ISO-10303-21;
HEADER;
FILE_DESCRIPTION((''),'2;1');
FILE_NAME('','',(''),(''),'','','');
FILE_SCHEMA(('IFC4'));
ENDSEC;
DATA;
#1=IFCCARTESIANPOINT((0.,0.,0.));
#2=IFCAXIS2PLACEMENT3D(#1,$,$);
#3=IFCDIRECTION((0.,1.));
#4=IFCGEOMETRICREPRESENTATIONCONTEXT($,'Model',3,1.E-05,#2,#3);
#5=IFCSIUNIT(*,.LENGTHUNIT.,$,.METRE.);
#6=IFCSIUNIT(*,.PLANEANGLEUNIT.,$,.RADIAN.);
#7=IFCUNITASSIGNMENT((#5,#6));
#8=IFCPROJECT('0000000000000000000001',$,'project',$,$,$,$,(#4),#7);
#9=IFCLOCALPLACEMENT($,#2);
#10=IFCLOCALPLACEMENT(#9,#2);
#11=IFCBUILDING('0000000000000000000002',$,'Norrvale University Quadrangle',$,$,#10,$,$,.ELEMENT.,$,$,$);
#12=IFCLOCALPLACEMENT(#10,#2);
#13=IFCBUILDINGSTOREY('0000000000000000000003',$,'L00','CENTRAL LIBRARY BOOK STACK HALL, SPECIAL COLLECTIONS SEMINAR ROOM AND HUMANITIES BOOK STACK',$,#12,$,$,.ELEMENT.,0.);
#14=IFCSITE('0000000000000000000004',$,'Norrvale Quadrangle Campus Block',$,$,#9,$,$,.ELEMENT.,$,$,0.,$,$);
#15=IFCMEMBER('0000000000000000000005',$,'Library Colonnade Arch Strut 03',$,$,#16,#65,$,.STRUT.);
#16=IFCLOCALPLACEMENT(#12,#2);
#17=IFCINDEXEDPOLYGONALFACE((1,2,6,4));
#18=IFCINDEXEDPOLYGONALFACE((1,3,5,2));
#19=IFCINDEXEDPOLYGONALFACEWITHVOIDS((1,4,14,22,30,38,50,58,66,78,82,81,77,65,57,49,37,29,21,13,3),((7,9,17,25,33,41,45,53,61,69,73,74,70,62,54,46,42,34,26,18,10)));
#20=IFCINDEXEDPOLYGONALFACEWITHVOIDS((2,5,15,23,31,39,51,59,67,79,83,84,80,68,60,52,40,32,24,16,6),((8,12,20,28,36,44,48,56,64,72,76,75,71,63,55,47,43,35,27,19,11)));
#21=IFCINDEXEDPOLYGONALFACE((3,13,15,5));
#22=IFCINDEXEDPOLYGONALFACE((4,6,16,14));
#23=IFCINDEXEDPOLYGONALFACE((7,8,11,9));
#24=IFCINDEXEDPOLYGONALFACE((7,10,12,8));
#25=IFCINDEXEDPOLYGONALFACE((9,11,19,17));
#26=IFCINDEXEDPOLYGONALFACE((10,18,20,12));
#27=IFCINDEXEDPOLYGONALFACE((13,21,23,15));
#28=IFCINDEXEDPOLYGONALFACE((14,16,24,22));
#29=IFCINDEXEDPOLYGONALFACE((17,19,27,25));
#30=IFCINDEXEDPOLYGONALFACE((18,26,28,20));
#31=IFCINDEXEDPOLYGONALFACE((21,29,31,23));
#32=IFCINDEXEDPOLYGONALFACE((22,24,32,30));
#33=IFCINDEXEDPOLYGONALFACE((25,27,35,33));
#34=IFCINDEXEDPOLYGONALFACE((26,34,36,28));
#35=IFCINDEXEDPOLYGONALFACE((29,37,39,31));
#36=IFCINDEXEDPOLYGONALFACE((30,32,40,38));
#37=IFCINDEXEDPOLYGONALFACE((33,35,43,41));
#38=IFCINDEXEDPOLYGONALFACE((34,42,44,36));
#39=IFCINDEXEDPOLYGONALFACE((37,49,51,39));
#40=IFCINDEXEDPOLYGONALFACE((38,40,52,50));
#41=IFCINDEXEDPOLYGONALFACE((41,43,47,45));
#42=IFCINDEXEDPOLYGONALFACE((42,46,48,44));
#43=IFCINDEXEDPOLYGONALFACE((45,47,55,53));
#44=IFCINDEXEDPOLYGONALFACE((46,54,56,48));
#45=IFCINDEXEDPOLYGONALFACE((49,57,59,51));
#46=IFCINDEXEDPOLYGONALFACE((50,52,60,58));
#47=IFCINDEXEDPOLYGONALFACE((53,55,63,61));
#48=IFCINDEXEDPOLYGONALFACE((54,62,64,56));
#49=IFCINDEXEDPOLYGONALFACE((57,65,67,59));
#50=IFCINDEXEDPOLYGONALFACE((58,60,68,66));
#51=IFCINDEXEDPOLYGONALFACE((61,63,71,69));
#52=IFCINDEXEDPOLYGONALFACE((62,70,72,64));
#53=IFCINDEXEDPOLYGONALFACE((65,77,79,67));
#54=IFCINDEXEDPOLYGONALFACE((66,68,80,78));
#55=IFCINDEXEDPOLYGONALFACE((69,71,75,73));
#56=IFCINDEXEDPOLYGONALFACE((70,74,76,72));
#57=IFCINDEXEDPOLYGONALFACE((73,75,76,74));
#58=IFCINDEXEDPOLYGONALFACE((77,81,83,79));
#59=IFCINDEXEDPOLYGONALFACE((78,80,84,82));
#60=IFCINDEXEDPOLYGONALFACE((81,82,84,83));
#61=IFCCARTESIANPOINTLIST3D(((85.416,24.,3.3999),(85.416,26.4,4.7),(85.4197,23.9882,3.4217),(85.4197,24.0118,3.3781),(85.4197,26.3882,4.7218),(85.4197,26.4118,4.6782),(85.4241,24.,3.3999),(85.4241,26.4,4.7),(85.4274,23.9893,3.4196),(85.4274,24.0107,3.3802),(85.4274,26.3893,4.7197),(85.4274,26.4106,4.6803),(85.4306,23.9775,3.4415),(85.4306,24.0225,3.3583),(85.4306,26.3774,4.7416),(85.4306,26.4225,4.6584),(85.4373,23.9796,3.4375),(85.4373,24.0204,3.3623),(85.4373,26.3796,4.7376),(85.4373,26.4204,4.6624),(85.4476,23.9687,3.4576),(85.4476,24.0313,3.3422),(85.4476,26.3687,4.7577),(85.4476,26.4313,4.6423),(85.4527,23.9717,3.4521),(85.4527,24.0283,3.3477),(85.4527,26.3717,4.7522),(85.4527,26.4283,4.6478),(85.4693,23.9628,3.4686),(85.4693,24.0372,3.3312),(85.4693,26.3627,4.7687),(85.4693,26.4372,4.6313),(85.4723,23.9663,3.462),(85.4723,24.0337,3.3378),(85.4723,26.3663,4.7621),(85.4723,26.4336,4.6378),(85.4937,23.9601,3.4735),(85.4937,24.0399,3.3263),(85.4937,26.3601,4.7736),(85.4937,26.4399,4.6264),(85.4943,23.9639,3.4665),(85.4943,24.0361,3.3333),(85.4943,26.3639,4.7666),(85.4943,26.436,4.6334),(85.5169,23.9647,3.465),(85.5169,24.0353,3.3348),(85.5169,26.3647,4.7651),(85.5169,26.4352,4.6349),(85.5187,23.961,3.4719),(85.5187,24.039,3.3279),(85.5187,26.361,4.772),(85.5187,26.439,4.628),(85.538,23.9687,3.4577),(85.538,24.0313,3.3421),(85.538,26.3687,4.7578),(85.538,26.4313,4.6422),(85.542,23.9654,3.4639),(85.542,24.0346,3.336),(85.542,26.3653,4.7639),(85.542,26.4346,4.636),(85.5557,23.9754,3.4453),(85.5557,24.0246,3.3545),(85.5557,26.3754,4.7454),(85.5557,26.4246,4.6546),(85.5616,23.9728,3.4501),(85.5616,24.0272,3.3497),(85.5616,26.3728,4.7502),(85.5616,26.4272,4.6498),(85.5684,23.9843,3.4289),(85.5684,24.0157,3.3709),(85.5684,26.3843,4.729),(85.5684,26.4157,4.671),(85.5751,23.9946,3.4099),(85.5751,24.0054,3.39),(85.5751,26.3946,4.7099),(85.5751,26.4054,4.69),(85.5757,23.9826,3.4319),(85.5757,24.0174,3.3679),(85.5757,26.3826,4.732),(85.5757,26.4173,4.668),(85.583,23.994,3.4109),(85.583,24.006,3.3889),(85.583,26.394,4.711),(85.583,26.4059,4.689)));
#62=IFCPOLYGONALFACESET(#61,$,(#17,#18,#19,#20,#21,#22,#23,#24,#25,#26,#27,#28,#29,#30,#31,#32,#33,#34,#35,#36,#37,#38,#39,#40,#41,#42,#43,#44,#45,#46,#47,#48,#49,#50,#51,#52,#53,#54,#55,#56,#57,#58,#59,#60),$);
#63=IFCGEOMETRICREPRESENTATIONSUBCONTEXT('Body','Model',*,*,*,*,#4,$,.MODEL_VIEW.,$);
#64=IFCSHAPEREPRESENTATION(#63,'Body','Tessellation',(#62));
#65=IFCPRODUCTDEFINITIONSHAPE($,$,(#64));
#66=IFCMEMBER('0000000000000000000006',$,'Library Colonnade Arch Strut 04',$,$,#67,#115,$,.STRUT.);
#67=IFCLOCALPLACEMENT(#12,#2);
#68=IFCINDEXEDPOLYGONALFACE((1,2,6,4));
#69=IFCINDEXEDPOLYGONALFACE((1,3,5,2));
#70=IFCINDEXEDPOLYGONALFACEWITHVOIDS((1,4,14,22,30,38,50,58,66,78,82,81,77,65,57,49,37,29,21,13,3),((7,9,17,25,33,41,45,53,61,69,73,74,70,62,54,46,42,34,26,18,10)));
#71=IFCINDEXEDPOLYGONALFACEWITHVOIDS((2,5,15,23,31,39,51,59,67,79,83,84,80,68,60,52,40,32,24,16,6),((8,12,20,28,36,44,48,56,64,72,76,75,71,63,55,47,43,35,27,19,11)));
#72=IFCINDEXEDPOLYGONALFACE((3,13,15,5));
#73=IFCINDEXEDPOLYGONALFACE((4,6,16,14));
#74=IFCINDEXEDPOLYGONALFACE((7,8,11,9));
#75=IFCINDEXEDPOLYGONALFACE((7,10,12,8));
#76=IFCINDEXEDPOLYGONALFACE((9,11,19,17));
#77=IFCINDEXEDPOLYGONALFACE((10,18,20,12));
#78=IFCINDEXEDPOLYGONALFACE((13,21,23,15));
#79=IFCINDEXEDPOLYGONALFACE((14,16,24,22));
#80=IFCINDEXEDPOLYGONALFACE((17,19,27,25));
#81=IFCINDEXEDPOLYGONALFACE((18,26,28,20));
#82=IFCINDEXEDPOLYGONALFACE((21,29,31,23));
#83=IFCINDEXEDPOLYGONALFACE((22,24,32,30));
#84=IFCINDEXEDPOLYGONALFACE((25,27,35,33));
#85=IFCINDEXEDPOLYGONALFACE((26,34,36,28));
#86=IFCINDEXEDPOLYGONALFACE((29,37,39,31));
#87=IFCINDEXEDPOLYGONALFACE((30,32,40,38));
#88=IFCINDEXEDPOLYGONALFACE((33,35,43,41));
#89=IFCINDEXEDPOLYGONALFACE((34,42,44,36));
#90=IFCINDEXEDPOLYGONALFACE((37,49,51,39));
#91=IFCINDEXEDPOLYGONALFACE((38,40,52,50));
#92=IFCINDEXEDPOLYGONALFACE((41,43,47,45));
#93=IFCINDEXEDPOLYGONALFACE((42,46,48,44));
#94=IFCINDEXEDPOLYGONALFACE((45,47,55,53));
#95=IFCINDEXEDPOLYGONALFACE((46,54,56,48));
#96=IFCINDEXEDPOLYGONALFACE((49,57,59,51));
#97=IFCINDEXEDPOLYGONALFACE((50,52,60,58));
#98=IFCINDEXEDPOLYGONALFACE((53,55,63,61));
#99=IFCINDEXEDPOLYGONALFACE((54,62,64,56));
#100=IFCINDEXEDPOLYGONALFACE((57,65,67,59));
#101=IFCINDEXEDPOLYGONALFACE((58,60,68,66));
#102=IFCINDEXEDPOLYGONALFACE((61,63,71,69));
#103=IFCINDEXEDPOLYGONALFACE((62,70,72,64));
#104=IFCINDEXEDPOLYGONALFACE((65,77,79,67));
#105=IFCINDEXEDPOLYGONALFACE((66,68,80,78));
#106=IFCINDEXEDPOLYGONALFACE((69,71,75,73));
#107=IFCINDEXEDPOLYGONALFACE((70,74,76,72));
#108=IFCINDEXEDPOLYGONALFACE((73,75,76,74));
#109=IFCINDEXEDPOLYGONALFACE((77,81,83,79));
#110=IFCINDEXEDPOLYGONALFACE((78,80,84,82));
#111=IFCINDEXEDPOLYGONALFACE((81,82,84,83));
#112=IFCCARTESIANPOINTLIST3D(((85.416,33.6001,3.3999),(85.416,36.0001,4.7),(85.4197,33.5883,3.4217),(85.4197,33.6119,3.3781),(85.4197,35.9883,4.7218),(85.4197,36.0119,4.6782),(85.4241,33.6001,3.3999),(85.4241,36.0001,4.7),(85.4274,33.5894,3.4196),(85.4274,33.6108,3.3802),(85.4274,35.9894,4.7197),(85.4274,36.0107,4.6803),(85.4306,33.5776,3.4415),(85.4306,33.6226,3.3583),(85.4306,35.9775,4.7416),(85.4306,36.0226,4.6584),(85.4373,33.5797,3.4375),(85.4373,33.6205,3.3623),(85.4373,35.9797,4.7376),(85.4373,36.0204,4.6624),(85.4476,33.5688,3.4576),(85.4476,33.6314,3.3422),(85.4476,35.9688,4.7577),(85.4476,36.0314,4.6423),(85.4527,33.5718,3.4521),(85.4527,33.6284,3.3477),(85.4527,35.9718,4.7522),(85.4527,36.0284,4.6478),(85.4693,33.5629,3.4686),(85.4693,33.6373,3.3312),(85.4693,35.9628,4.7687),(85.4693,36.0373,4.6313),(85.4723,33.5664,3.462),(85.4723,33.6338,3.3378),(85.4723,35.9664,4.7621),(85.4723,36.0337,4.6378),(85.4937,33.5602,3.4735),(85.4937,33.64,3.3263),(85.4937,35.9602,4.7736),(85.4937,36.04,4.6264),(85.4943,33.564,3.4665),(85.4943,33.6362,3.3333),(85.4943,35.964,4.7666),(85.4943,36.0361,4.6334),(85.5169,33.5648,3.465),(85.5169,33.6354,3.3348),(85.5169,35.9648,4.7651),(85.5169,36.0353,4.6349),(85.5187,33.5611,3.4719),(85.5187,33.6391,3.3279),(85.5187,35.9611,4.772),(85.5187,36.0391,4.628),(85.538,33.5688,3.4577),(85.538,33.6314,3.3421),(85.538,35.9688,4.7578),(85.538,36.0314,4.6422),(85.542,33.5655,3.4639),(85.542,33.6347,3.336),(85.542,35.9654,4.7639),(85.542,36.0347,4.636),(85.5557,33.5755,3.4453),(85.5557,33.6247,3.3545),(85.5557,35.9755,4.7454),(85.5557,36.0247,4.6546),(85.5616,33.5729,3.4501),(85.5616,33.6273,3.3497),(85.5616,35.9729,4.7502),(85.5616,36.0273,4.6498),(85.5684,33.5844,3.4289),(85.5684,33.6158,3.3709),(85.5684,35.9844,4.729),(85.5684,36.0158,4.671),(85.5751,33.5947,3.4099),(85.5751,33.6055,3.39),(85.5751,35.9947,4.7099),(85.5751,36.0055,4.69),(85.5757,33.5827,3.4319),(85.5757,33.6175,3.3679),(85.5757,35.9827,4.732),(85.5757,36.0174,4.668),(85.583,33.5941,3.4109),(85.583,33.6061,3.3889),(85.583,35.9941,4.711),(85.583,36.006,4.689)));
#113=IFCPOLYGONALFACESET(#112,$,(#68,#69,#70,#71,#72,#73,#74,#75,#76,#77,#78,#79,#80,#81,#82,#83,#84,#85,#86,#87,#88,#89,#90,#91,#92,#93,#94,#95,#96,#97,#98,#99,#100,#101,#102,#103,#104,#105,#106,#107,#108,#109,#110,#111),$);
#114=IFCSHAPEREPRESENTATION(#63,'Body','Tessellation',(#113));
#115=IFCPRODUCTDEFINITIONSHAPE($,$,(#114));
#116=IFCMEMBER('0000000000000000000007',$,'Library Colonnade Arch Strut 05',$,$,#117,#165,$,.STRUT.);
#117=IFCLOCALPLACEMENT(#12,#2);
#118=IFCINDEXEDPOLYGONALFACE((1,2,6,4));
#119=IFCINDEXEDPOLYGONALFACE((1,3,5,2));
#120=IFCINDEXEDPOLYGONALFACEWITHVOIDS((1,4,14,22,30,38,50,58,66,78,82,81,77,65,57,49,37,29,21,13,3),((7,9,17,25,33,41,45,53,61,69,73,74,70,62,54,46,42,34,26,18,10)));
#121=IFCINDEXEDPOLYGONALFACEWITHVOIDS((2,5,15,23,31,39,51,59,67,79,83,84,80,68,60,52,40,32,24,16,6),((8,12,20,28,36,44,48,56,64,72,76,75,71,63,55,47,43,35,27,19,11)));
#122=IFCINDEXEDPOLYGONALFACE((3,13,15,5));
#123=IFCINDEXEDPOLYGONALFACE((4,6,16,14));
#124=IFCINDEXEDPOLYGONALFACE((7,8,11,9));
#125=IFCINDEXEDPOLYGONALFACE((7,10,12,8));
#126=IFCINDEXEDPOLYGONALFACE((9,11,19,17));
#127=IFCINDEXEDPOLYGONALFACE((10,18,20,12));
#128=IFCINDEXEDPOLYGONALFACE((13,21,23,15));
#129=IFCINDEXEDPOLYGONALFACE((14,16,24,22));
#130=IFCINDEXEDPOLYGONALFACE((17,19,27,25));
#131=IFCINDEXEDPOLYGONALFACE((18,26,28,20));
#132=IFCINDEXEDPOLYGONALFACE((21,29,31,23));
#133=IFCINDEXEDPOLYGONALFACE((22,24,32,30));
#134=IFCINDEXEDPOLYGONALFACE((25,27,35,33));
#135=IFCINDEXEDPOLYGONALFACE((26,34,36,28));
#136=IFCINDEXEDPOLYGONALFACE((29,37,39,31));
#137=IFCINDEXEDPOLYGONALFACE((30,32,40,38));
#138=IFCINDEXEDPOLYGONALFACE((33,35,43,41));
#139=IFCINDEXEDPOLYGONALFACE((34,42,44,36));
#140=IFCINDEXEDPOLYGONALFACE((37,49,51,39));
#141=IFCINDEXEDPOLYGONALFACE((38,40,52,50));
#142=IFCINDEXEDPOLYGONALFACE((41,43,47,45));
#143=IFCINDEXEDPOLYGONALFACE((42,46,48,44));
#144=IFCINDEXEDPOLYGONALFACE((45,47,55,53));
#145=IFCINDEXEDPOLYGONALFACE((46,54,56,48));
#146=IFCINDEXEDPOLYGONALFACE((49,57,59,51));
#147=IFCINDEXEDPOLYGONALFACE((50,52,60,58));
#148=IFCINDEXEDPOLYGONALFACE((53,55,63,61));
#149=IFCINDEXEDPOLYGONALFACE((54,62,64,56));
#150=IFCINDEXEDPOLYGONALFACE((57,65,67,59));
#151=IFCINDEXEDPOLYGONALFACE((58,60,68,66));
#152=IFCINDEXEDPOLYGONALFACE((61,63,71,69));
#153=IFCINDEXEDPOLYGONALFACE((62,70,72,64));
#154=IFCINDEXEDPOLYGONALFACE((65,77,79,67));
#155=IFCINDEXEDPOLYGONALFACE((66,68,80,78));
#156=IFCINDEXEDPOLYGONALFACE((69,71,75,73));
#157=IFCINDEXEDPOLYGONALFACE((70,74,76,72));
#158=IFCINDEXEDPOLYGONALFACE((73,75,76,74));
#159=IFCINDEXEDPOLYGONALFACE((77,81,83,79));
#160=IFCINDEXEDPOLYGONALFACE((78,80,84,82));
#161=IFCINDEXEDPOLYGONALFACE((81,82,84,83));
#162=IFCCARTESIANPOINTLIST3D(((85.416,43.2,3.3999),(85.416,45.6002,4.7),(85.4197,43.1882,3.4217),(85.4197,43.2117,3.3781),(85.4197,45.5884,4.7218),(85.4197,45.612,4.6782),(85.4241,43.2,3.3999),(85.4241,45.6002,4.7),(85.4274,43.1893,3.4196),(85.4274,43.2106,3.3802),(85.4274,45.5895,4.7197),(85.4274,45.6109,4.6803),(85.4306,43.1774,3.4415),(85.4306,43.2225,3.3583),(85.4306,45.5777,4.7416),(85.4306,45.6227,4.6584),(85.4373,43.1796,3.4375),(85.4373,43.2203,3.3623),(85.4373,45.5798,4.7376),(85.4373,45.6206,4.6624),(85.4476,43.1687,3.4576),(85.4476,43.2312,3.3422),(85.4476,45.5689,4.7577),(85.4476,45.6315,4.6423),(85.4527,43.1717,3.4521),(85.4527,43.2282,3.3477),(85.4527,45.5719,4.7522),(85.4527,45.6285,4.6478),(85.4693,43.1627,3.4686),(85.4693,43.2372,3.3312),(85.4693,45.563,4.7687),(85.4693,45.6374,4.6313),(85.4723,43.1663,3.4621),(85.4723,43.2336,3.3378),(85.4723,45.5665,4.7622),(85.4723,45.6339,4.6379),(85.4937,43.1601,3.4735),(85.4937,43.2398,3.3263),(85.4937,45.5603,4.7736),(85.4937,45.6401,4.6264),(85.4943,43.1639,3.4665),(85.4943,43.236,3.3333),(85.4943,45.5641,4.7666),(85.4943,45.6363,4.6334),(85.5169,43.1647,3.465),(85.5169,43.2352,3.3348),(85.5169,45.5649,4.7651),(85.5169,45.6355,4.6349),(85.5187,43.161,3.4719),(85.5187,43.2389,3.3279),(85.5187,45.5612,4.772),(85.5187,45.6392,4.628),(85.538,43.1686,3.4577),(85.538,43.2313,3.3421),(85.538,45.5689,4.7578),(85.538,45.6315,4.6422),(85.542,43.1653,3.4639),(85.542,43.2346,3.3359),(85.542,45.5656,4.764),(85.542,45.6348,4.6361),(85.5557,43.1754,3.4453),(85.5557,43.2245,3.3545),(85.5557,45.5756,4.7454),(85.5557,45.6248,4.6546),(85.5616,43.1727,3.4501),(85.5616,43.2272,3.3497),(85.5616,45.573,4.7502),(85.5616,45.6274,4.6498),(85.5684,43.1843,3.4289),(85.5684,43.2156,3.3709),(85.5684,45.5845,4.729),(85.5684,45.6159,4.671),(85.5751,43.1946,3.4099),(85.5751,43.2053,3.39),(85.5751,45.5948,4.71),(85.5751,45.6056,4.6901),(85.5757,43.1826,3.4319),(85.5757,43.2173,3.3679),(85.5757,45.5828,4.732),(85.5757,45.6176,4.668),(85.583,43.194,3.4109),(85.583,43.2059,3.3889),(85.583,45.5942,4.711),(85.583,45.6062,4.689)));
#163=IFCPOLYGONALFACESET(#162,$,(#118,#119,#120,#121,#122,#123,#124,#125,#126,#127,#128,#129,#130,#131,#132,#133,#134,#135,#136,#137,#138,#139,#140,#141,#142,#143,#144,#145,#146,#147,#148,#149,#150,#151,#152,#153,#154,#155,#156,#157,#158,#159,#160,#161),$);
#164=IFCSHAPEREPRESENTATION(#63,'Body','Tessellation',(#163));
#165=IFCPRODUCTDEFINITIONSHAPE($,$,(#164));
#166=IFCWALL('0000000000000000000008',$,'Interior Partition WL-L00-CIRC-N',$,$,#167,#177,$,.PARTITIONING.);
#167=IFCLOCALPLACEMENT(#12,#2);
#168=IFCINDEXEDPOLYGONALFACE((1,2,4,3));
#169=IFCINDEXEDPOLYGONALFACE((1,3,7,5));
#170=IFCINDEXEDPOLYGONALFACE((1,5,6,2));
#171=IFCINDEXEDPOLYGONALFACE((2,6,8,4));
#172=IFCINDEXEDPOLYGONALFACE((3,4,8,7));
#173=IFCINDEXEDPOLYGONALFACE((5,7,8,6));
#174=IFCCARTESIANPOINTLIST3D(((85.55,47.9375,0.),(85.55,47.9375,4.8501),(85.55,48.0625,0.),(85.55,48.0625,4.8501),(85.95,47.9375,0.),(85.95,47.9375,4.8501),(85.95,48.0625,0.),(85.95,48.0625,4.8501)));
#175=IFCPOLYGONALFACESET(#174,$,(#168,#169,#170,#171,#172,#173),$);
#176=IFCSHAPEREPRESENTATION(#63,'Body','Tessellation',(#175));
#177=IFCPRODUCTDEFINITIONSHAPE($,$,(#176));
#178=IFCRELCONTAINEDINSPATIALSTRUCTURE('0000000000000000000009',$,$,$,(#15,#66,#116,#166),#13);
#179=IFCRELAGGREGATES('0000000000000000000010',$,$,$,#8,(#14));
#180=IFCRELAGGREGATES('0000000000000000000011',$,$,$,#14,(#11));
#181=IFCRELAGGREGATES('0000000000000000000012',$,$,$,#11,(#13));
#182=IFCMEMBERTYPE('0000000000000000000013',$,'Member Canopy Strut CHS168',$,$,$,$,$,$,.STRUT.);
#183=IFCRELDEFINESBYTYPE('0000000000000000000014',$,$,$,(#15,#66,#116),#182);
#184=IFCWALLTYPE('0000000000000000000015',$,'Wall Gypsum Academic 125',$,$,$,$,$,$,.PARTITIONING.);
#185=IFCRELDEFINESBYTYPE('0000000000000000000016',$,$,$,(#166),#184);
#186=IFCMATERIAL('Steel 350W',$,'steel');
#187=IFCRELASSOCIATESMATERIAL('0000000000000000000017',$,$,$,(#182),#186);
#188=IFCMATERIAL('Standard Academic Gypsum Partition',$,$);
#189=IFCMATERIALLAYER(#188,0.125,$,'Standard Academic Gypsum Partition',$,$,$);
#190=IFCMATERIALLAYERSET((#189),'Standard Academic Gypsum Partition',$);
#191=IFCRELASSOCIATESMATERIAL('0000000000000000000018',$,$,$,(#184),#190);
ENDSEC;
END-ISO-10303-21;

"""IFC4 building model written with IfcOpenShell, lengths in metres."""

from ifc_helpers import new_model, si_unit, direction, frame, frame_2d, origin, origin_2d, place, context, subcontext, project, spatial, rectangle, hollow_circle, extrude, material, layer, layer_set, material_profile, profile_set, type_object, element, save


model = new_model("IFC4")

# Units and contexts
model_context = context("Model", 3, precision=1e-05, world=origin(), true_north=direction((0.0, 1.0)))
body_context = subcontext(model_context, "Body", "Model", "MODEL_VIEW")
ifc_project = project(units=[si_unit("LENGTHUNIT", "METRE"), si_unit("PLANEANGLEUNIT", "RADIAN")], contexts=[model_context])

# Site, building, storey
site_placement = place(None, origin())
site = spatial("IfcSite", under=ifc_project, at=site_placement, Name="Norrvale Quadrangle Campus Block", CompositionType="ELEMENT", RefElevation=0.0)
building_placement = place(site_placement, origin())
building = spatial("IfcBuilding", under=site, at=building_placement, Name="Norrvale University Quadrangle", CompositionType="ELEMENT")
storey_placement = place(building_placement, origin())
storey = spatial("IfcBuildingStorey", under=building, at=storey_placement, Name="L00", Description="CENTRAL LIBRARY BOOK STACK HALL, SPECIAL COLLECTIONS SEMINAR ROOM AND HUMANITIES BOOK STACK", CompositionType="ELEMENT", Elevation=0.0)

# Shared definitions
ifc_material_1 = material(Name="Steel 350W", Category="steel")

# Members
ifc_material_profile_1 = material_profile(ifc_material_1, hollow_circle(Radius=0.084, WallThickness=0.0081, at=origin_2d()), Name="Steel 350W")
ifc_profile_set_1 = profile_set([ifc_material_profile_1], Name="Steel 350W")
member_type_1 = type_object("IfcMemberType", Name="Member Canopy Strut CHS168", PredefinedType="STRUT", material=ifc_profile_set_1)
for number, where, z_axis, x_axis, name in (
    (1, (85.5, 24.0, 3.3999), (0.0, 0.879276, 0.476312), (-1.0, 0.0, 0.0), "Library Colonnade Arch Strut 03"),
    (2, (85.5, 33.6001, 3.3999), (0.0, 0.879276, 0.476312), (-1.0, 0.0, 0.0), "Library Colonnade Arch Strut 04"),
):
    element("IfcMember", number, at=place(storey_placement, frame(where, z_axis=z_axis, x_axis=x_axis)), inside=storey, type_object=member_type_1, Name=name, PredefinedType="STRUT", context=body_context, shape_type="SweptSolid", body=[
        extrude(hollow_circle(Radius=0.084, WallThickness=0.0081, at=origin_2d()), origin(), (0.0, 0.0, 1.0), 2.7295),
    ])
member_1_placement = place(storey_placement, frame((85.5, 43.2, 3.3999), z_axis=(0.0, 0.879297, 0.476275), x_axis=(-1.0, 0.0, 0.0)))
element("IfcMember", 3, at=member_1_placement, inside=storey, type_object=member_type_1, Name="Library Colonnade Arch Strut 05", PredefinedType="STRUT", context=body_context, shape_type="SweptSolid", body=[
    extrude(hollow_circle(Radius=0.084, WallThickness=0.0081, at=origin_2d()), origin(), (0.0, 0.0, 1.0), 2.7297),
])

# Wall
ifc_material_2 = material(Name="Standard Academic Gypsum Partition")
ifc_layer_1 = layer(ifc_material_2, 0.125, Name="Standard Academic Gypsum Partition")
ifc_layer_set_1 = layer_set([ifc_layer_1], Name="Standard Academic Gypsum Partition")
wall_type = type_object("IfcWallType", Name="Wall Gypsum Academic 125", PredefinedType="PARTITIONING", material=ifc_layer_set_1)
wall_placement = place(storey_placement, frame((85.55, 48.0, 0.0), z_axis=(0.0, 0.0, 1.0), x_axis=(1.0, 0.0, 0.0)))
element("IfcWall", 4, at=wall_placement, inside=storey, type_object=wall_type, Name="Interior Partition WL-L00-CIRC-N", PredefinedType="PARTITIONING", context=body_context, shape_type="SweptSolid", body=[
    extrude(rectangle(XDim=0.3999, YDim=0.125, at=frame_2d((0.2, 0.0))), origin(), (0.0, 0.0, 1.0), 4.8501),
])

save(model, "model.ifc")
